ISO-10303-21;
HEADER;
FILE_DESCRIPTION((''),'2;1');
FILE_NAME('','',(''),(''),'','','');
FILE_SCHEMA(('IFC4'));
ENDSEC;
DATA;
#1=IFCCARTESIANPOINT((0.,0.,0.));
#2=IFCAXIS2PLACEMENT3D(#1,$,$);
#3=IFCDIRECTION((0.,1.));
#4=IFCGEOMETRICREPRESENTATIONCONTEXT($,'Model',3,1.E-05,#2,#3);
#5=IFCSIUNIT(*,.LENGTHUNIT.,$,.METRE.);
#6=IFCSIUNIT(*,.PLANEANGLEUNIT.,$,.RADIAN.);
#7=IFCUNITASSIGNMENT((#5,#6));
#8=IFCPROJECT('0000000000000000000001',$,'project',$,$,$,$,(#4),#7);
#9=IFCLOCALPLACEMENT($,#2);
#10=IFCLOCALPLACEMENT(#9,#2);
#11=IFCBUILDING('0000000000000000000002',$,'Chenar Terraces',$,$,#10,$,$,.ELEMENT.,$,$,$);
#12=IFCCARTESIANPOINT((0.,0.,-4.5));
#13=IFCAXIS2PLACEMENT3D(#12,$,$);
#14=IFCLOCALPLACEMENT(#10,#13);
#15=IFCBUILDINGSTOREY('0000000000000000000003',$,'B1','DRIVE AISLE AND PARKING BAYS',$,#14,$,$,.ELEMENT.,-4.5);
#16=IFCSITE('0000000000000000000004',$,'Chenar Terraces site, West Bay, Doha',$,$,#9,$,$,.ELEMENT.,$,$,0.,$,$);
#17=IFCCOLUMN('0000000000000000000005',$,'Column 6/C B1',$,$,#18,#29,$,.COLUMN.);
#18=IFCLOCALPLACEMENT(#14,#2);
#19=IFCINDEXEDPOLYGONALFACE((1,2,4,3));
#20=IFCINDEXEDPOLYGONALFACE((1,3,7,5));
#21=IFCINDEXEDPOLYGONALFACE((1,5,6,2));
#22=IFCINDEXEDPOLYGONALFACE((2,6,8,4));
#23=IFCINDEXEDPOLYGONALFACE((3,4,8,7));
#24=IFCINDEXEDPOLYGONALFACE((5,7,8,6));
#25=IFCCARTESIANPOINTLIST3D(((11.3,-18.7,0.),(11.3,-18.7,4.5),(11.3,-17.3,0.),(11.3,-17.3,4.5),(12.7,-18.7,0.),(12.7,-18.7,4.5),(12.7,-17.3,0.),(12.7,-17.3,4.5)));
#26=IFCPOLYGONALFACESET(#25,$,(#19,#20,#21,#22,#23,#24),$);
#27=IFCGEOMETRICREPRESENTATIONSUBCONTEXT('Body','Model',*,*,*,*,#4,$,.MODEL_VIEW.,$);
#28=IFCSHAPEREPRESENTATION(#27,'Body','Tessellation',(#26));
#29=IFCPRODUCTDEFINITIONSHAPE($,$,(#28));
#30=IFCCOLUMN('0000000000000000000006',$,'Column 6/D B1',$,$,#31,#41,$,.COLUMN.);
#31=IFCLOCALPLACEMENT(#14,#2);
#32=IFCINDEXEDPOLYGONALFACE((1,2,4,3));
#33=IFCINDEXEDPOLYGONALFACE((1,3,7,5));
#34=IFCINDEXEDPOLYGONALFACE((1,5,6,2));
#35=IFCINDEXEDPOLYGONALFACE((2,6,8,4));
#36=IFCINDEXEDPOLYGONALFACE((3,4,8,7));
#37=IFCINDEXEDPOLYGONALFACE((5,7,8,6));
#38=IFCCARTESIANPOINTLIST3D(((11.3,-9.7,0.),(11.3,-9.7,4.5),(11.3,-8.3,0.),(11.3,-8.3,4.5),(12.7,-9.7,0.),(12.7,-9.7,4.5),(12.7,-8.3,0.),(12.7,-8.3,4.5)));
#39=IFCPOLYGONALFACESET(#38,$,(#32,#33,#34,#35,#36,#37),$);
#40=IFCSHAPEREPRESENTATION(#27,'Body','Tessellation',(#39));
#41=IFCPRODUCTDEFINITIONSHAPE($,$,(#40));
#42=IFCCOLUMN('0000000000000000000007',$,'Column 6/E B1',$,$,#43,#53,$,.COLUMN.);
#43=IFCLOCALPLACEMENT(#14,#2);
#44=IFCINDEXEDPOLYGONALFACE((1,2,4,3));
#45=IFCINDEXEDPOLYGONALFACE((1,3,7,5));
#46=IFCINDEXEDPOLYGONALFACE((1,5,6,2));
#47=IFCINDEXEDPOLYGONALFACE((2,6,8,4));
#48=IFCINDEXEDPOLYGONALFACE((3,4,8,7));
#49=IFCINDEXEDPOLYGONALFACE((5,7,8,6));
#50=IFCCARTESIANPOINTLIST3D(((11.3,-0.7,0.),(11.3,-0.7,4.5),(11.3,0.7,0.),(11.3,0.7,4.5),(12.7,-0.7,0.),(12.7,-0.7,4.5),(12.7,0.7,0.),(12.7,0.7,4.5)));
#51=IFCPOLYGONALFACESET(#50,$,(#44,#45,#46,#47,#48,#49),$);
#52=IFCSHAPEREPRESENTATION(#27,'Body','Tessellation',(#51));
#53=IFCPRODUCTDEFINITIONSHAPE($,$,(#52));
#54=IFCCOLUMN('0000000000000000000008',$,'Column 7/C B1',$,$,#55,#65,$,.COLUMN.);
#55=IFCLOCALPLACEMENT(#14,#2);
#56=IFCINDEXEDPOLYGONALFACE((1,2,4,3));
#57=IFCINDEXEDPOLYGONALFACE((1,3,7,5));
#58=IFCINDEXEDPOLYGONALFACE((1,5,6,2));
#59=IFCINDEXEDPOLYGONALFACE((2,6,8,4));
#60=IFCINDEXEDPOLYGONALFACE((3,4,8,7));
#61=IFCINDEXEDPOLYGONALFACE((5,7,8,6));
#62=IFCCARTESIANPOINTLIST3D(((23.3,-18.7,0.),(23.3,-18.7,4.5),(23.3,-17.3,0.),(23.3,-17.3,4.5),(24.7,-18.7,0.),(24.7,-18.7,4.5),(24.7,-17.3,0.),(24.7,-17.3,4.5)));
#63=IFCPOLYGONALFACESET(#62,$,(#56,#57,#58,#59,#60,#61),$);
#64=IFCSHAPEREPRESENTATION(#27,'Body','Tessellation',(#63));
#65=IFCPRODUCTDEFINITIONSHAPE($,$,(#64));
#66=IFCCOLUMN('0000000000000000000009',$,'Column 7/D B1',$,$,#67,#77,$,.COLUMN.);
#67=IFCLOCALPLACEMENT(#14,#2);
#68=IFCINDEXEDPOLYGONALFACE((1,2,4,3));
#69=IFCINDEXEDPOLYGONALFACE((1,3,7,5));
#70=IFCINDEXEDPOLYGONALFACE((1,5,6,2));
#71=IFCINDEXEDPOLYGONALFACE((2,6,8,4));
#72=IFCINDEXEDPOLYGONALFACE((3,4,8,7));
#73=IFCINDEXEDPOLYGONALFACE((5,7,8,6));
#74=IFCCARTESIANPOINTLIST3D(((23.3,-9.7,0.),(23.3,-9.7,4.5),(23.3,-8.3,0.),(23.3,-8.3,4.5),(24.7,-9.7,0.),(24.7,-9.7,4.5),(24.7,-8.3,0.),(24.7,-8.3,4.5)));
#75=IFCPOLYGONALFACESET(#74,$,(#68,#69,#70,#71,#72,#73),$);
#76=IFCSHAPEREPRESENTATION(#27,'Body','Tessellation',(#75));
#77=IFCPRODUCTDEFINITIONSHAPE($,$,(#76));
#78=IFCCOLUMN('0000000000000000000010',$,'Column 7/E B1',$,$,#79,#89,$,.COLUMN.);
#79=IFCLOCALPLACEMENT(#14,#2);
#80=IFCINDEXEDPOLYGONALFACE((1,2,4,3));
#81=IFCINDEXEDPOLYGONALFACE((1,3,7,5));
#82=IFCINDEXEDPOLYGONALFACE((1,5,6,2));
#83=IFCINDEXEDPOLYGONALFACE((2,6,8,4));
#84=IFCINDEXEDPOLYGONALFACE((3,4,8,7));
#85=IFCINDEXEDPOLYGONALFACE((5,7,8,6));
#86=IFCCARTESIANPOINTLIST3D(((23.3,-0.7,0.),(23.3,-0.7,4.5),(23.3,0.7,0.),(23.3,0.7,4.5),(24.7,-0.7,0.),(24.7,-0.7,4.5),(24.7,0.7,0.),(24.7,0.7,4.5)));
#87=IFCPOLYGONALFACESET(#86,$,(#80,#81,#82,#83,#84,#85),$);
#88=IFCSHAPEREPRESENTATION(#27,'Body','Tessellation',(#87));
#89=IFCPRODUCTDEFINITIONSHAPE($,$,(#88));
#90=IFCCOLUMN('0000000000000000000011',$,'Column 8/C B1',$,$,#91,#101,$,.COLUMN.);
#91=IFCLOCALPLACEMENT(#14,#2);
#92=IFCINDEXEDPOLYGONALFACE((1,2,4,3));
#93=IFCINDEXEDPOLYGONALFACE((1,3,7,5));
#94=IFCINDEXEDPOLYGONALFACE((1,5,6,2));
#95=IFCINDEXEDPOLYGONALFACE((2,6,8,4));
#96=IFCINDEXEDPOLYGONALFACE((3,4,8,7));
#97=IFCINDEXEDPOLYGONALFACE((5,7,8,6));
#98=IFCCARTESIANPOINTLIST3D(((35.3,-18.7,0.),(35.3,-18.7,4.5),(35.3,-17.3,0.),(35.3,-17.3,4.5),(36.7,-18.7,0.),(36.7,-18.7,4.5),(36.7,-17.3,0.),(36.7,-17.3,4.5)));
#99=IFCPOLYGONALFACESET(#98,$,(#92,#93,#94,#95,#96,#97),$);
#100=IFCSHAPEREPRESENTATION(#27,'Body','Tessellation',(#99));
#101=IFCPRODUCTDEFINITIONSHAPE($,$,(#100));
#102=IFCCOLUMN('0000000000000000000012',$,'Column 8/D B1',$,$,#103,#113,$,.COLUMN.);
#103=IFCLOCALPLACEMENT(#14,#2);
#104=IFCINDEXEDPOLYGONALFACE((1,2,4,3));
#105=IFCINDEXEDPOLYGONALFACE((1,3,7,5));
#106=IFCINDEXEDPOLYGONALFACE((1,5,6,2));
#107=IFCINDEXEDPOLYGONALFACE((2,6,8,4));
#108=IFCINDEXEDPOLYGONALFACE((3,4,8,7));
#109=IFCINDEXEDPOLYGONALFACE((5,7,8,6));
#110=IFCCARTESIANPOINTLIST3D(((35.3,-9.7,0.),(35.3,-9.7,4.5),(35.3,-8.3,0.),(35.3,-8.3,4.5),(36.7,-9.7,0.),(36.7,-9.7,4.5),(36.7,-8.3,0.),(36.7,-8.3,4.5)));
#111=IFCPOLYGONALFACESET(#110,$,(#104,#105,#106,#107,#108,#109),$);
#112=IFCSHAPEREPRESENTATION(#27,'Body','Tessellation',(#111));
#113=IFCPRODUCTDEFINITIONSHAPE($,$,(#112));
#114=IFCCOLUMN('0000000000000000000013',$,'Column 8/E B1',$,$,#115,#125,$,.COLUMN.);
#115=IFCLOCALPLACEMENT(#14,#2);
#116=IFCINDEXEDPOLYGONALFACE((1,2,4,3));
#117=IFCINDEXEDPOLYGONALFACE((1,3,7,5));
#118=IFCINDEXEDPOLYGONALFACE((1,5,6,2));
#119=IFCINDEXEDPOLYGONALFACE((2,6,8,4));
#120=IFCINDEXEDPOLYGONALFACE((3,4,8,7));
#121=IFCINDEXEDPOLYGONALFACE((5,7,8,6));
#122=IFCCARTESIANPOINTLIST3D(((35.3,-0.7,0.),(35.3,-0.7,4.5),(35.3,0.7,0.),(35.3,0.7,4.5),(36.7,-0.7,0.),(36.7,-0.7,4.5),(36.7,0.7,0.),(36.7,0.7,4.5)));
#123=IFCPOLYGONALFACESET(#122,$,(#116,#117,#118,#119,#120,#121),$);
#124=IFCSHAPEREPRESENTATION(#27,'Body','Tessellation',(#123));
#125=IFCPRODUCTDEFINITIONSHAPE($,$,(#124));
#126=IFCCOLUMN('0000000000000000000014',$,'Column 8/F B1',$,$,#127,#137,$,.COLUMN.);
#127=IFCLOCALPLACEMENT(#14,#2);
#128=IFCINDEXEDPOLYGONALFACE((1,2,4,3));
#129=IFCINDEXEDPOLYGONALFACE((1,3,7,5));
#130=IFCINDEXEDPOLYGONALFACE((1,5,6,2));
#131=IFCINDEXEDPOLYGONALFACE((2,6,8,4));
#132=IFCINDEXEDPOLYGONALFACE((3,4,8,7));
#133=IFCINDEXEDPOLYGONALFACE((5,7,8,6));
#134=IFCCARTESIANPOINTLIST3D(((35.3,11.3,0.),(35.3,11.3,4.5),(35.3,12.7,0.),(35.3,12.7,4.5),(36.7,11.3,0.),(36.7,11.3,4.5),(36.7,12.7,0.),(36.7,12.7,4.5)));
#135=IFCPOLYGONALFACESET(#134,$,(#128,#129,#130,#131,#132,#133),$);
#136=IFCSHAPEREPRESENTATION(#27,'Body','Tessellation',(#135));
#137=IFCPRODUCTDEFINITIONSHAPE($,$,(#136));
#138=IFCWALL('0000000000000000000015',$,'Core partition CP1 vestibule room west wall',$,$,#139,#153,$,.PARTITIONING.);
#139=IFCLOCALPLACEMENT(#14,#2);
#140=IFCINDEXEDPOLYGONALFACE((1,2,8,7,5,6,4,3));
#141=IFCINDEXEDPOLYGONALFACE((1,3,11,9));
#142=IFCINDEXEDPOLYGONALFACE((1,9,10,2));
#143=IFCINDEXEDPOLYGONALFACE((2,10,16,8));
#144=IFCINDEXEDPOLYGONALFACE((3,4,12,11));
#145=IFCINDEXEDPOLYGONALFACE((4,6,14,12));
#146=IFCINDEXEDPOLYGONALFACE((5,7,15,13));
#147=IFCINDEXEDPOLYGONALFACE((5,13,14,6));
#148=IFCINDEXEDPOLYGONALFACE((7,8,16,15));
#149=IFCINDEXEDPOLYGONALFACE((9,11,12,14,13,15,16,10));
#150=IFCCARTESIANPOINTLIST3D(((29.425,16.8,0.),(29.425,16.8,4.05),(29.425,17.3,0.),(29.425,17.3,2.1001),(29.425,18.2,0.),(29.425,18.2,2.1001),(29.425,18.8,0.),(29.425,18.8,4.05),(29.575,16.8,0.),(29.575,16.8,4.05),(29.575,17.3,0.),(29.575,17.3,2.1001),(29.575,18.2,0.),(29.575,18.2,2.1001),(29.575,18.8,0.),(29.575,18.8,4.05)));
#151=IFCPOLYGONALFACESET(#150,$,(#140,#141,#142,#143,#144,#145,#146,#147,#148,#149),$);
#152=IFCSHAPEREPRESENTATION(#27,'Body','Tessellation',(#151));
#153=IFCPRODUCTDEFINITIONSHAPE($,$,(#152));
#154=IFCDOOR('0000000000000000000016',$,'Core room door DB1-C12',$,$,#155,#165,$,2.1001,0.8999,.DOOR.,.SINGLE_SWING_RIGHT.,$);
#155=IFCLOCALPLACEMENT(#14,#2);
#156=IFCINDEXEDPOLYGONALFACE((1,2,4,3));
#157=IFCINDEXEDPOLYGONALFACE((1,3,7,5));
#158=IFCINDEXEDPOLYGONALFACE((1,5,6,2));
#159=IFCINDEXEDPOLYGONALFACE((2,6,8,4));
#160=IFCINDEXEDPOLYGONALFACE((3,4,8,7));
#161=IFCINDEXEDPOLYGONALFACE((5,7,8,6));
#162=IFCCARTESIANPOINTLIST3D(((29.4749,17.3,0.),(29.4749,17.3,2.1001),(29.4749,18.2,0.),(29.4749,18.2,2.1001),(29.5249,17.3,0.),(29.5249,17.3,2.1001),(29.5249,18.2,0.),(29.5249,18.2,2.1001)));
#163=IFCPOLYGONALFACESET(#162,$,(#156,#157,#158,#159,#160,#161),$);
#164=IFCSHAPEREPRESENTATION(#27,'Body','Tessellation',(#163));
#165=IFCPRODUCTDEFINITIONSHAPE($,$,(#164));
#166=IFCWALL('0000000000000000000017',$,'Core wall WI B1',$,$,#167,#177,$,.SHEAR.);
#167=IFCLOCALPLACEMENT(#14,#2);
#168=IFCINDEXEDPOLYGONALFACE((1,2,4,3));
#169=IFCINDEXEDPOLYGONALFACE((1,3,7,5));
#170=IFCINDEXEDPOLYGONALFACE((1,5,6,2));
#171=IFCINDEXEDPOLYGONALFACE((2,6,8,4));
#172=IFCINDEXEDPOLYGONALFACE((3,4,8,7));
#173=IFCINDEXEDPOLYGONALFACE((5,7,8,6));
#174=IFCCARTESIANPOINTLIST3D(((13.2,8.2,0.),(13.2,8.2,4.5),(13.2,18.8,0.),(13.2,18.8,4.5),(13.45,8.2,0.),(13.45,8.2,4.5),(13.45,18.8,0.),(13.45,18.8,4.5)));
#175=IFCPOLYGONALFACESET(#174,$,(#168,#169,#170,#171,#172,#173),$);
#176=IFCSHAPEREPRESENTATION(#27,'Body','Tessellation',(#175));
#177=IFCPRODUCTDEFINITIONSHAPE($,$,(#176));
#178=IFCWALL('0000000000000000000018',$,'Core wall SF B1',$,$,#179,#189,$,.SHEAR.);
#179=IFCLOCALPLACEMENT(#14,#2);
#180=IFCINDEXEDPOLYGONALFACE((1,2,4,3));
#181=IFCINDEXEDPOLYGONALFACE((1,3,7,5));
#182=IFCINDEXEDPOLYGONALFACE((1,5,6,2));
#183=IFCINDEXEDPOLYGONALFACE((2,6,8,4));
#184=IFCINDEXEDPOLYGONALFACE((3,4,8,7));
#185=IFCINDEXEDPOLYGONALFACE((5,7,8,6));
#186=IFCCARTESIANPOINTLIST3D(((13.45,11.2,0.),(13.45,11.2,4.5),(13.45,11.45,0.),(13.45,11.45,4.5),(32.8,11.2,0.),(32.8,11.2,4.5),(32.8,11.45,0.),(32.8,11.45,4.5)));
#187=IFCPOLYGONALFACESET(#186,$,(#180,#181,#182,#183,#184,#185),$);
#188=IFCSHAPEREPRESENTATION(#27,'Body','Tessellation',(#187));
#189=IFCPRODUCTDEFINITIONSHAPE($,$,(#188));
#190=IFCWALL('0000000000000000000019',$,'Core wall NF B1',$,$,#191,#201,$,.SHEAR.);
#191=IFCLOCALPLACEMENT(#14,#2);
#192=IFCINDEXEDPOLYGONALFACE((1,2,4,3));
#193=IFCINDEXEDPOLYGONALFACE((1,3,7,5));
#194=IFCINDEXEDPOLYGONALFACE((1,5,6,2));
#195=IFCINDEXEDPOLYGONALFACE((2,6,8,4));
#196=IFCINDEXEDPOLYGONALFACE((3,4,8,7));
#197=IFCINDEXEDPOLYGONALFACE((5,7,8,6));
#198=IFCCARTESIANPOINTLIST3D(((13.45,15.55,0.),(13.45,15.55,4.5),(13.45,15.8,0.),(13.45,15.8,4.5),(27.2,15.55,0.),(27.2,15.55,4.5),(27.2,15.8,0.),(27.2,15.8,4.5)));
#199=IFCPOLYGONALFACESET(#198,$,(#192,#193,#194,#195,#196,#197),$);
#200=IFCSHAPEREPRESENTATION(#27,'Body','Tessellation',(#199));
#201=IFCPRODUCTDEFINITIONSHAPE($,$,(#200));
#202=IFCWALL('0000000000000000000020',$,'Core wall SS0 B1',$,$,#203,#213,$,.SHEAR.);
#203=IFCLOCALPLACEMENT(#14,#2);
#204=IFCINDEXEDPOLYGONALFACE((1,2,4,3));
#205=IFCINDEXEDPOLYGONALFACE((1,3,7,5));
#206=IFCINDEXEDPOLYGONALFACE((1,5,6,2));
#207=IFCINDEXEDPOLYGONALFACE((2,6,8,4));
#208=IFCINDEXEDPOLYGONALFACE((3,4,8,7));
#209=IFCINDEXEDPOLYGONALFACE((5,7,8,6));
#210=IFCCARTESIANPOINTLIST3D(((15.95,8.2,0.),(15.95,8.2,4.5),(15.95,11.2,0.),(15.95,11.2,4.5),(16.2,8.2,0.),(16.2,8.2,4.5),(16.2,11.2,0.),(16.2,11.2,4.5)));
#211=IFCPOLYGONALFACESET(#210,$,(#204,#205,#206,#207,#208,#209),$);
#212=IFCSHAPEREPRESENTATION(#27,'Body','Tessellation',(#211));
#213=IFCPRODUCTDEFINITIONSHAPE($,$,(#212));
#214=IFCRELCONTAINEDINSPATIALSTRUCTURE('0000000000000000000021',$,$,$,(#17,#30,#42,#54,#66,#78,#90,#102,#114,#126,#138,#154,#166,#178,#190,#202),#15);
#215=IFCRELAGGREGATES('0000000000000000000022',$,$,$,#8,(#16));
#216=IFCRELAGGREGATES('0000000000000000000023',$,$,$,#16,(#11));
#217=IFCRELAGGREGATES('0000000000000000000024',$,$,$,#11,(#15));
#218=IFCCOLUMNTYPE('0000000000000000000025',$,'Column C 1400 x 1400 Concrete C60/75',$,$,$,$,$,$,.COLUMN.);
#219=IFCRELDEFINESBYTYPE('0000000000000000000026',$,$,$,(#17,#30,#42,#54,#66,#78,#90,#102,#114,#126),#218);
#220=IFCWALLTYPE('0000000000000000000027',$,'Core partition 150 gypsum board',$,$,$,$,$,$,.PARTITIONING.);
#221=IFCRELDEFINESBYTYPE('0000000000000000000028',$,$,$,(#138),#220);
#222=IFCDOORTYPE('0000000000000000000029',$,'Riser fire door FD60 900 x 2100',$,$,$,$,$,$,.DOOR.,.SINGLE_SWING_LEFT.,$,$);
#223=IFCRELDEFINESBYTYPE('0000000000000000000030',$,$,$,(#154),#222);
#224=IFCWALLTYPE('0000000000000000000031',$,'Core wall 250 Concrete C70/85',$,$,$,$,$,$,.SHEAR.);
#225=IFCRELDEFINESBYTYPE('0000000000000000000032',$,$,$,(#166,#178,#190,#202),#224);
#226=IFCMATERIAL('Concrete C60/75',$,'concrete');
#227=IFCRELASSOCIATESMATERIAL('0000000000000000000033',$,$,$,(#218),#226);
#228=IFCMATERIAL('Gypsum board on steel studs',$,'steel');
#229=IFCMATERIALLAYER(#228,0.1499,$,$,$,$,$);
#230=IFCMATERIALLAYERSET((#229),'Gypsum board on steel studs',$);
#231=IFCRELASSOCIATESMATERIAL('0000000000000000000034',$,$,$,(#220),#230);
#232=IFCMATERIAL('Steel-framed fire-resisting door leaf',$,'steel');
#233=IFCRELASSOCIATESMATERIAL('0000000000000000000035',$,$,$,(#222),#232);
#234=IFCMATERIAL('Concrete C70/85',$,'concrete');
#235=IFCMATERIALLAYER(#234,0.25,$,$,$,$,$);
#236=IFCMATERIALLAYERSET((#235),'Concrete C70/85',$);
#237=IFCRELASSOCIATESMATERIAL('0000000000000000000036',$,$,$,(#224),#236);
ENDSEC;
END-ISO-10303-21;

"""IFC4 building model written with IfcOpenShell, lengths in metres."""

from ifc_helpers import new_model, si_unit, direction, frame, frame_2d, origin, origin_2d, place, context, subcontext, project, spatial, rectangle, extrude, material, layer, layer_set, material_profile, profile_set, type_object, element, fill, save


model = new_model("IFC4")

# Units and contexts
model_context = context("Model", 3, precision=1e-05, world=origin(), true_north=direction((0.0, 1.0)))
body_context = subcontext(model_context, "Body", "Model", "MODEL_VIEW")
ifc_project = project(units=[si_unit("LENGTHUNIT", "METRE"), si_unit("PLANEANGLEUNIT", "RADIAN")], contexts=[model_context])

# Site, building, storey
site_placement = place(None, origin())
site = spatial("IfcSite", under=ifc_project, at=site_placement, Name="Chenar Terraces site, West Bay, Doha", CompositionType="ELEMENT", RefElevation=0.0)
building_placement = place(site_placement, origin())
building = spatial("IfcBuilding", under=site, at=building_placement, Name="Chenar Terraces", CompositionType="ELEMENT")
storey_placement = place(building_placement, frame((0.0, 0.0, -4.5)))
storey = spatial("IfcBuildingStorey", under=building, at=storey_placement, Name="B1", Description="DRIVE AISLE AND PARKING BAYS", CompositionType="ELEMENT", Elevation=-4.5)

# Columns
ifc_material_1 = material(Name="Concrete C60/75", Category="concrete")
ifc_material_profile = material_profile(ifc_material_1, rectangle(XDim=1.3999, YDim=1.3999, at=origin_2d()), Name="C 1400 x 1400")
ifc_profile_set = profile_set([ifc_material_profile], Name="Concrete C60/75")
column_type = type_object("IfcColumnType", Name="Column C 1400 x 1400 Concrete C60/75", PredefinedType="COLUMN", material=ifc_profile_set)
for number, where, z_axis, x_axis, name in (
    (1, (12.0, -18.0, 0.0), (0.0, 0.0, 1.0), (1.0, 0.0, 0.0), "Column 6/C B1"),
    (2, (12.0, -9.0, 0.0), (0.0, 0.0, 1.0), (1.0, 0.0, 0.0), "Column 6/D B1"),
    (3, (12.0, 0.0, 0.0), (0.0, 0.0, 1.0), (1.0, 0.0, 0.0), "Column 6/E B1"),
    (4, (24.0, -18.0, 0.0), (0.0, 0.0, 1.0), (1.0, 0.0, 0.0), "Column 7/C B1"),
    (5, (24.0, -9.0, 0.0), (0.0, 0.0, 1.0), (1.0, 0.0, 0.0), "Column 7/D B1"),
    (6, (24.0, 0.0, 0.0), (0.0, 0.0, 1.0), (1.0, 0.0, 0.0), "Column 7/E B1"),
    (7, (36.0, -18.0, 0.0), (0.0, 0.0, 1.0), (1.0, 0.0, 0.0), "Column 8/C B1"),
    (8, (36.0, -9.0, 0.0), (0.0, 0.0, 1.0), (1.0, 0.0, 0.0), "Column 8/D B1"),
    (9, (36.0, 0.0, 0.0), (0.0, 0.0, 1.0), (1.0, 0.0, 0.0), "Column 8/E B1"),
    (10, (36.0, 12.0, 0.0), (0.0, 0.0, 1.0), (1.0, 0.0, 0.0), "Column 8/F B1"),
):
    element("IfcColumn", number, at=place(storey_placement, frame(where, z_axis=z_axis, x_axis=x_axis)), inside=storey, type_object=column_type, Name=name, PredefinedType="COLUMN", context=body_context, shape_type="SweptSolid", body=[
        extrude(rectangle(XDim=1.3999, YDim=1.3999, at=origin_2d()), origin(), (0.0, 0.0, 1.0), 4.5),
    ])

# Wall, opening, door
ifc_material_2 = material(Name="Gypsum board on steel studs", Category="steel")
ifc_layer_1 = layer(ifc_material_2, 0.1499)
ifc_layer_set_1 = layer_set([ifc_layer_1], Name="Gypsum board on steel studs")
wall_type_1 = type_object("IfcWallType", Name="Core partition 150 gypsum board", PredefinedType="PARTITIONING", material=ifc_layer_set_1)
wall_1_placement = place(storey_placement, frame((29.5, 16.8, 0.0), z_axis=(0.0, 0.0, 1.0), x_axis=(0.0, 1.0, 0.0)))
wall_1 = element("IfcWall", 11, at=wall_1_placement, inside=storey, type_object=wall_type_1, Name="Core partition CP1 vestibule room west wall", PredefinedType="PARTITIONING", context=body_context, shape_type="SweptSolid", body=[
    extrude(rectangle(XDim=2.0, YDim=0.1499, at=frame_2d((1.0, 0.0))), origin(), (0.0, 0.0, 1.0), 4.05),
])
opening_1_placement = place(wall_1_placement, frame((0.5, 0.0, 0.0)))
opening_1 = element("IfcOpeningElement", 12, at=opening_1_placement, cuts=wall_1, PredefinedType="OPENING", context=body_context, shape_type="SweptSolid", body=[
    extrude(rectangle(XDim=0.8999, YDim=2.1001, at=frame_2d((0.45, 1.05))), frame((0.0, 0.085, 0.0), z_axis=(0.0, -1.0, 0.0), x_axis=(1.0, 0.0, 0.0)), (0.0, 0.0, 1.0), 0.1699),
])
ifc_material_3 = material(Name="Steel-framed fire-resisting door leaf", Category="steel")
door_type_1 = type_object("IfcDoorType", Name="Riser fire door FD60 900 x 2100", OperationType="SINGLE_SWING_LEFT", PredefinedType="DOOR", material=ifc_material_3)
door_1_placement = place(opening_1_placement, frame((0.8999, 0.0, 0.0), z_axis=(0.0, 0.0, 1.0), x_axis=(-1.0, 0.0, 0.0)))
door_1 = element("IfcDoor", 13, at=door_1_placement, inside=storey, type_object=door_type_1, Name="Core room door DB1-C12", OperationType="SINGLE_SWING_RIGHT", OverallHeight=2.1001, OverallWidth=0.8999, PredefinedType="DOOR", context=body_context, shape_type="SweptSolid", body=[
    extrude(rectangle(XDim=0.8999, YDim=2.1001, at=frame_2d((0.45, 1.05))), frame((0.0, 0.0249, 0.0), z_axis=(0.0, -1.0, 0.0), x_axis=(1.0, 0.0, 0.0)), (0.0, 0.0, 1.0), 0.05),
])
fill(opening_1, door_1)

# Walls
ifc_material_4 = material(Name="Concrete C70/85", Category="concrete")
ifc_layer_2 = layer(ifc_material_4, 0.25)
ifc_layer_set_2 = layer_set([ifc_layer_2], Name="Concrete C70/85")
wall_type_2 = type_object("IfcWallType", Name="Core wall 250 Concrete C70/85", PredefinedType="SHEAR", material=ifc_layer_set_2)
wall_2_placement = place(storey_placement, frame((13.325, 8.2, 0.0), z_axis=(0.0, 0.0, 1.0), x_axis=(0.0, 1.0, 0.0)))
element("IfcWall", 14, at=wall_2_placement, inside=storey, type_object=wall_type_2, Name="Core wall WI B1", PredefinedType="SHEAR", context=body_context, shape_type="SweptSolid", body=[
    extrude(rectangle(XDim=10.6001, YDim=0.25, at=frame_2d((5.3, 0.0))), origin(), (0.0, 0.0, 1.0), 4.5),
])
wall_3_placement = place(storey_placement, frame((13.45, 11.325, 0.0), z_axis=(0.0, 0.0, 1.0), x_axis=(1.0, 0.0, 0.0)))
element("IfcWall", 15, at=wall_3_placement, inside=storey, type_object=wall_type_2, Name="Core wall SF B1", PredefinedType="SHEAR", context=body_context, shape_type="SweptSolid", body=[
    extrude(rectangle(XDim=19.3501, YDim=0.25, at=frame_2d((9.675, 0.0))), origin(), (0.0, 0.0, 1.0), 4.5),
])
wall_4_placement = place(storey_placement, frame((13.45, 15.675, 0.0), z_axis=(0.0, 0.0, 1.0), x_axis=(1.0, 0.0, 0.0)))
element("IfcWall", 16, at=wall_4_placement, inside=storey, type_object=wall_type_2, Name="Core wall NF B1", PredefinedType="SHEAR", context=body_context, shape_type="SweptSolid", body=[
    extrude(rectangle(XDim=13.75, YDim=0.25, at=frame_2d((6.875, 0.0))), origin(), (0.0, 0.0, 1.0), 4.5),
])
for number, where, z_axis, x_axis, name in (
    (17, (16.075, 8.2, 0.0), (0.0, 0.0, 1.0), (0.0, 1.0, 0.0), "Core wall SS0 B1"),
):
    element("IfcWall", number, at=place(storey_placement, frame(where, z_axis=z_axis, x_axis=x_axis)), inside=storey, type_object=wall_type_2, Name=name, PredefinedType="SHEAR", context=body_context, shape_type="SweptSolid", body=[
        extrude(rectangle(XDim=3.0, YDim=0.25, at=frame_2d((1.5, 0.0))), origin(), (0.0, 0.0, 1.0), 4.5),
    ])

save(model, "model.ifc")
